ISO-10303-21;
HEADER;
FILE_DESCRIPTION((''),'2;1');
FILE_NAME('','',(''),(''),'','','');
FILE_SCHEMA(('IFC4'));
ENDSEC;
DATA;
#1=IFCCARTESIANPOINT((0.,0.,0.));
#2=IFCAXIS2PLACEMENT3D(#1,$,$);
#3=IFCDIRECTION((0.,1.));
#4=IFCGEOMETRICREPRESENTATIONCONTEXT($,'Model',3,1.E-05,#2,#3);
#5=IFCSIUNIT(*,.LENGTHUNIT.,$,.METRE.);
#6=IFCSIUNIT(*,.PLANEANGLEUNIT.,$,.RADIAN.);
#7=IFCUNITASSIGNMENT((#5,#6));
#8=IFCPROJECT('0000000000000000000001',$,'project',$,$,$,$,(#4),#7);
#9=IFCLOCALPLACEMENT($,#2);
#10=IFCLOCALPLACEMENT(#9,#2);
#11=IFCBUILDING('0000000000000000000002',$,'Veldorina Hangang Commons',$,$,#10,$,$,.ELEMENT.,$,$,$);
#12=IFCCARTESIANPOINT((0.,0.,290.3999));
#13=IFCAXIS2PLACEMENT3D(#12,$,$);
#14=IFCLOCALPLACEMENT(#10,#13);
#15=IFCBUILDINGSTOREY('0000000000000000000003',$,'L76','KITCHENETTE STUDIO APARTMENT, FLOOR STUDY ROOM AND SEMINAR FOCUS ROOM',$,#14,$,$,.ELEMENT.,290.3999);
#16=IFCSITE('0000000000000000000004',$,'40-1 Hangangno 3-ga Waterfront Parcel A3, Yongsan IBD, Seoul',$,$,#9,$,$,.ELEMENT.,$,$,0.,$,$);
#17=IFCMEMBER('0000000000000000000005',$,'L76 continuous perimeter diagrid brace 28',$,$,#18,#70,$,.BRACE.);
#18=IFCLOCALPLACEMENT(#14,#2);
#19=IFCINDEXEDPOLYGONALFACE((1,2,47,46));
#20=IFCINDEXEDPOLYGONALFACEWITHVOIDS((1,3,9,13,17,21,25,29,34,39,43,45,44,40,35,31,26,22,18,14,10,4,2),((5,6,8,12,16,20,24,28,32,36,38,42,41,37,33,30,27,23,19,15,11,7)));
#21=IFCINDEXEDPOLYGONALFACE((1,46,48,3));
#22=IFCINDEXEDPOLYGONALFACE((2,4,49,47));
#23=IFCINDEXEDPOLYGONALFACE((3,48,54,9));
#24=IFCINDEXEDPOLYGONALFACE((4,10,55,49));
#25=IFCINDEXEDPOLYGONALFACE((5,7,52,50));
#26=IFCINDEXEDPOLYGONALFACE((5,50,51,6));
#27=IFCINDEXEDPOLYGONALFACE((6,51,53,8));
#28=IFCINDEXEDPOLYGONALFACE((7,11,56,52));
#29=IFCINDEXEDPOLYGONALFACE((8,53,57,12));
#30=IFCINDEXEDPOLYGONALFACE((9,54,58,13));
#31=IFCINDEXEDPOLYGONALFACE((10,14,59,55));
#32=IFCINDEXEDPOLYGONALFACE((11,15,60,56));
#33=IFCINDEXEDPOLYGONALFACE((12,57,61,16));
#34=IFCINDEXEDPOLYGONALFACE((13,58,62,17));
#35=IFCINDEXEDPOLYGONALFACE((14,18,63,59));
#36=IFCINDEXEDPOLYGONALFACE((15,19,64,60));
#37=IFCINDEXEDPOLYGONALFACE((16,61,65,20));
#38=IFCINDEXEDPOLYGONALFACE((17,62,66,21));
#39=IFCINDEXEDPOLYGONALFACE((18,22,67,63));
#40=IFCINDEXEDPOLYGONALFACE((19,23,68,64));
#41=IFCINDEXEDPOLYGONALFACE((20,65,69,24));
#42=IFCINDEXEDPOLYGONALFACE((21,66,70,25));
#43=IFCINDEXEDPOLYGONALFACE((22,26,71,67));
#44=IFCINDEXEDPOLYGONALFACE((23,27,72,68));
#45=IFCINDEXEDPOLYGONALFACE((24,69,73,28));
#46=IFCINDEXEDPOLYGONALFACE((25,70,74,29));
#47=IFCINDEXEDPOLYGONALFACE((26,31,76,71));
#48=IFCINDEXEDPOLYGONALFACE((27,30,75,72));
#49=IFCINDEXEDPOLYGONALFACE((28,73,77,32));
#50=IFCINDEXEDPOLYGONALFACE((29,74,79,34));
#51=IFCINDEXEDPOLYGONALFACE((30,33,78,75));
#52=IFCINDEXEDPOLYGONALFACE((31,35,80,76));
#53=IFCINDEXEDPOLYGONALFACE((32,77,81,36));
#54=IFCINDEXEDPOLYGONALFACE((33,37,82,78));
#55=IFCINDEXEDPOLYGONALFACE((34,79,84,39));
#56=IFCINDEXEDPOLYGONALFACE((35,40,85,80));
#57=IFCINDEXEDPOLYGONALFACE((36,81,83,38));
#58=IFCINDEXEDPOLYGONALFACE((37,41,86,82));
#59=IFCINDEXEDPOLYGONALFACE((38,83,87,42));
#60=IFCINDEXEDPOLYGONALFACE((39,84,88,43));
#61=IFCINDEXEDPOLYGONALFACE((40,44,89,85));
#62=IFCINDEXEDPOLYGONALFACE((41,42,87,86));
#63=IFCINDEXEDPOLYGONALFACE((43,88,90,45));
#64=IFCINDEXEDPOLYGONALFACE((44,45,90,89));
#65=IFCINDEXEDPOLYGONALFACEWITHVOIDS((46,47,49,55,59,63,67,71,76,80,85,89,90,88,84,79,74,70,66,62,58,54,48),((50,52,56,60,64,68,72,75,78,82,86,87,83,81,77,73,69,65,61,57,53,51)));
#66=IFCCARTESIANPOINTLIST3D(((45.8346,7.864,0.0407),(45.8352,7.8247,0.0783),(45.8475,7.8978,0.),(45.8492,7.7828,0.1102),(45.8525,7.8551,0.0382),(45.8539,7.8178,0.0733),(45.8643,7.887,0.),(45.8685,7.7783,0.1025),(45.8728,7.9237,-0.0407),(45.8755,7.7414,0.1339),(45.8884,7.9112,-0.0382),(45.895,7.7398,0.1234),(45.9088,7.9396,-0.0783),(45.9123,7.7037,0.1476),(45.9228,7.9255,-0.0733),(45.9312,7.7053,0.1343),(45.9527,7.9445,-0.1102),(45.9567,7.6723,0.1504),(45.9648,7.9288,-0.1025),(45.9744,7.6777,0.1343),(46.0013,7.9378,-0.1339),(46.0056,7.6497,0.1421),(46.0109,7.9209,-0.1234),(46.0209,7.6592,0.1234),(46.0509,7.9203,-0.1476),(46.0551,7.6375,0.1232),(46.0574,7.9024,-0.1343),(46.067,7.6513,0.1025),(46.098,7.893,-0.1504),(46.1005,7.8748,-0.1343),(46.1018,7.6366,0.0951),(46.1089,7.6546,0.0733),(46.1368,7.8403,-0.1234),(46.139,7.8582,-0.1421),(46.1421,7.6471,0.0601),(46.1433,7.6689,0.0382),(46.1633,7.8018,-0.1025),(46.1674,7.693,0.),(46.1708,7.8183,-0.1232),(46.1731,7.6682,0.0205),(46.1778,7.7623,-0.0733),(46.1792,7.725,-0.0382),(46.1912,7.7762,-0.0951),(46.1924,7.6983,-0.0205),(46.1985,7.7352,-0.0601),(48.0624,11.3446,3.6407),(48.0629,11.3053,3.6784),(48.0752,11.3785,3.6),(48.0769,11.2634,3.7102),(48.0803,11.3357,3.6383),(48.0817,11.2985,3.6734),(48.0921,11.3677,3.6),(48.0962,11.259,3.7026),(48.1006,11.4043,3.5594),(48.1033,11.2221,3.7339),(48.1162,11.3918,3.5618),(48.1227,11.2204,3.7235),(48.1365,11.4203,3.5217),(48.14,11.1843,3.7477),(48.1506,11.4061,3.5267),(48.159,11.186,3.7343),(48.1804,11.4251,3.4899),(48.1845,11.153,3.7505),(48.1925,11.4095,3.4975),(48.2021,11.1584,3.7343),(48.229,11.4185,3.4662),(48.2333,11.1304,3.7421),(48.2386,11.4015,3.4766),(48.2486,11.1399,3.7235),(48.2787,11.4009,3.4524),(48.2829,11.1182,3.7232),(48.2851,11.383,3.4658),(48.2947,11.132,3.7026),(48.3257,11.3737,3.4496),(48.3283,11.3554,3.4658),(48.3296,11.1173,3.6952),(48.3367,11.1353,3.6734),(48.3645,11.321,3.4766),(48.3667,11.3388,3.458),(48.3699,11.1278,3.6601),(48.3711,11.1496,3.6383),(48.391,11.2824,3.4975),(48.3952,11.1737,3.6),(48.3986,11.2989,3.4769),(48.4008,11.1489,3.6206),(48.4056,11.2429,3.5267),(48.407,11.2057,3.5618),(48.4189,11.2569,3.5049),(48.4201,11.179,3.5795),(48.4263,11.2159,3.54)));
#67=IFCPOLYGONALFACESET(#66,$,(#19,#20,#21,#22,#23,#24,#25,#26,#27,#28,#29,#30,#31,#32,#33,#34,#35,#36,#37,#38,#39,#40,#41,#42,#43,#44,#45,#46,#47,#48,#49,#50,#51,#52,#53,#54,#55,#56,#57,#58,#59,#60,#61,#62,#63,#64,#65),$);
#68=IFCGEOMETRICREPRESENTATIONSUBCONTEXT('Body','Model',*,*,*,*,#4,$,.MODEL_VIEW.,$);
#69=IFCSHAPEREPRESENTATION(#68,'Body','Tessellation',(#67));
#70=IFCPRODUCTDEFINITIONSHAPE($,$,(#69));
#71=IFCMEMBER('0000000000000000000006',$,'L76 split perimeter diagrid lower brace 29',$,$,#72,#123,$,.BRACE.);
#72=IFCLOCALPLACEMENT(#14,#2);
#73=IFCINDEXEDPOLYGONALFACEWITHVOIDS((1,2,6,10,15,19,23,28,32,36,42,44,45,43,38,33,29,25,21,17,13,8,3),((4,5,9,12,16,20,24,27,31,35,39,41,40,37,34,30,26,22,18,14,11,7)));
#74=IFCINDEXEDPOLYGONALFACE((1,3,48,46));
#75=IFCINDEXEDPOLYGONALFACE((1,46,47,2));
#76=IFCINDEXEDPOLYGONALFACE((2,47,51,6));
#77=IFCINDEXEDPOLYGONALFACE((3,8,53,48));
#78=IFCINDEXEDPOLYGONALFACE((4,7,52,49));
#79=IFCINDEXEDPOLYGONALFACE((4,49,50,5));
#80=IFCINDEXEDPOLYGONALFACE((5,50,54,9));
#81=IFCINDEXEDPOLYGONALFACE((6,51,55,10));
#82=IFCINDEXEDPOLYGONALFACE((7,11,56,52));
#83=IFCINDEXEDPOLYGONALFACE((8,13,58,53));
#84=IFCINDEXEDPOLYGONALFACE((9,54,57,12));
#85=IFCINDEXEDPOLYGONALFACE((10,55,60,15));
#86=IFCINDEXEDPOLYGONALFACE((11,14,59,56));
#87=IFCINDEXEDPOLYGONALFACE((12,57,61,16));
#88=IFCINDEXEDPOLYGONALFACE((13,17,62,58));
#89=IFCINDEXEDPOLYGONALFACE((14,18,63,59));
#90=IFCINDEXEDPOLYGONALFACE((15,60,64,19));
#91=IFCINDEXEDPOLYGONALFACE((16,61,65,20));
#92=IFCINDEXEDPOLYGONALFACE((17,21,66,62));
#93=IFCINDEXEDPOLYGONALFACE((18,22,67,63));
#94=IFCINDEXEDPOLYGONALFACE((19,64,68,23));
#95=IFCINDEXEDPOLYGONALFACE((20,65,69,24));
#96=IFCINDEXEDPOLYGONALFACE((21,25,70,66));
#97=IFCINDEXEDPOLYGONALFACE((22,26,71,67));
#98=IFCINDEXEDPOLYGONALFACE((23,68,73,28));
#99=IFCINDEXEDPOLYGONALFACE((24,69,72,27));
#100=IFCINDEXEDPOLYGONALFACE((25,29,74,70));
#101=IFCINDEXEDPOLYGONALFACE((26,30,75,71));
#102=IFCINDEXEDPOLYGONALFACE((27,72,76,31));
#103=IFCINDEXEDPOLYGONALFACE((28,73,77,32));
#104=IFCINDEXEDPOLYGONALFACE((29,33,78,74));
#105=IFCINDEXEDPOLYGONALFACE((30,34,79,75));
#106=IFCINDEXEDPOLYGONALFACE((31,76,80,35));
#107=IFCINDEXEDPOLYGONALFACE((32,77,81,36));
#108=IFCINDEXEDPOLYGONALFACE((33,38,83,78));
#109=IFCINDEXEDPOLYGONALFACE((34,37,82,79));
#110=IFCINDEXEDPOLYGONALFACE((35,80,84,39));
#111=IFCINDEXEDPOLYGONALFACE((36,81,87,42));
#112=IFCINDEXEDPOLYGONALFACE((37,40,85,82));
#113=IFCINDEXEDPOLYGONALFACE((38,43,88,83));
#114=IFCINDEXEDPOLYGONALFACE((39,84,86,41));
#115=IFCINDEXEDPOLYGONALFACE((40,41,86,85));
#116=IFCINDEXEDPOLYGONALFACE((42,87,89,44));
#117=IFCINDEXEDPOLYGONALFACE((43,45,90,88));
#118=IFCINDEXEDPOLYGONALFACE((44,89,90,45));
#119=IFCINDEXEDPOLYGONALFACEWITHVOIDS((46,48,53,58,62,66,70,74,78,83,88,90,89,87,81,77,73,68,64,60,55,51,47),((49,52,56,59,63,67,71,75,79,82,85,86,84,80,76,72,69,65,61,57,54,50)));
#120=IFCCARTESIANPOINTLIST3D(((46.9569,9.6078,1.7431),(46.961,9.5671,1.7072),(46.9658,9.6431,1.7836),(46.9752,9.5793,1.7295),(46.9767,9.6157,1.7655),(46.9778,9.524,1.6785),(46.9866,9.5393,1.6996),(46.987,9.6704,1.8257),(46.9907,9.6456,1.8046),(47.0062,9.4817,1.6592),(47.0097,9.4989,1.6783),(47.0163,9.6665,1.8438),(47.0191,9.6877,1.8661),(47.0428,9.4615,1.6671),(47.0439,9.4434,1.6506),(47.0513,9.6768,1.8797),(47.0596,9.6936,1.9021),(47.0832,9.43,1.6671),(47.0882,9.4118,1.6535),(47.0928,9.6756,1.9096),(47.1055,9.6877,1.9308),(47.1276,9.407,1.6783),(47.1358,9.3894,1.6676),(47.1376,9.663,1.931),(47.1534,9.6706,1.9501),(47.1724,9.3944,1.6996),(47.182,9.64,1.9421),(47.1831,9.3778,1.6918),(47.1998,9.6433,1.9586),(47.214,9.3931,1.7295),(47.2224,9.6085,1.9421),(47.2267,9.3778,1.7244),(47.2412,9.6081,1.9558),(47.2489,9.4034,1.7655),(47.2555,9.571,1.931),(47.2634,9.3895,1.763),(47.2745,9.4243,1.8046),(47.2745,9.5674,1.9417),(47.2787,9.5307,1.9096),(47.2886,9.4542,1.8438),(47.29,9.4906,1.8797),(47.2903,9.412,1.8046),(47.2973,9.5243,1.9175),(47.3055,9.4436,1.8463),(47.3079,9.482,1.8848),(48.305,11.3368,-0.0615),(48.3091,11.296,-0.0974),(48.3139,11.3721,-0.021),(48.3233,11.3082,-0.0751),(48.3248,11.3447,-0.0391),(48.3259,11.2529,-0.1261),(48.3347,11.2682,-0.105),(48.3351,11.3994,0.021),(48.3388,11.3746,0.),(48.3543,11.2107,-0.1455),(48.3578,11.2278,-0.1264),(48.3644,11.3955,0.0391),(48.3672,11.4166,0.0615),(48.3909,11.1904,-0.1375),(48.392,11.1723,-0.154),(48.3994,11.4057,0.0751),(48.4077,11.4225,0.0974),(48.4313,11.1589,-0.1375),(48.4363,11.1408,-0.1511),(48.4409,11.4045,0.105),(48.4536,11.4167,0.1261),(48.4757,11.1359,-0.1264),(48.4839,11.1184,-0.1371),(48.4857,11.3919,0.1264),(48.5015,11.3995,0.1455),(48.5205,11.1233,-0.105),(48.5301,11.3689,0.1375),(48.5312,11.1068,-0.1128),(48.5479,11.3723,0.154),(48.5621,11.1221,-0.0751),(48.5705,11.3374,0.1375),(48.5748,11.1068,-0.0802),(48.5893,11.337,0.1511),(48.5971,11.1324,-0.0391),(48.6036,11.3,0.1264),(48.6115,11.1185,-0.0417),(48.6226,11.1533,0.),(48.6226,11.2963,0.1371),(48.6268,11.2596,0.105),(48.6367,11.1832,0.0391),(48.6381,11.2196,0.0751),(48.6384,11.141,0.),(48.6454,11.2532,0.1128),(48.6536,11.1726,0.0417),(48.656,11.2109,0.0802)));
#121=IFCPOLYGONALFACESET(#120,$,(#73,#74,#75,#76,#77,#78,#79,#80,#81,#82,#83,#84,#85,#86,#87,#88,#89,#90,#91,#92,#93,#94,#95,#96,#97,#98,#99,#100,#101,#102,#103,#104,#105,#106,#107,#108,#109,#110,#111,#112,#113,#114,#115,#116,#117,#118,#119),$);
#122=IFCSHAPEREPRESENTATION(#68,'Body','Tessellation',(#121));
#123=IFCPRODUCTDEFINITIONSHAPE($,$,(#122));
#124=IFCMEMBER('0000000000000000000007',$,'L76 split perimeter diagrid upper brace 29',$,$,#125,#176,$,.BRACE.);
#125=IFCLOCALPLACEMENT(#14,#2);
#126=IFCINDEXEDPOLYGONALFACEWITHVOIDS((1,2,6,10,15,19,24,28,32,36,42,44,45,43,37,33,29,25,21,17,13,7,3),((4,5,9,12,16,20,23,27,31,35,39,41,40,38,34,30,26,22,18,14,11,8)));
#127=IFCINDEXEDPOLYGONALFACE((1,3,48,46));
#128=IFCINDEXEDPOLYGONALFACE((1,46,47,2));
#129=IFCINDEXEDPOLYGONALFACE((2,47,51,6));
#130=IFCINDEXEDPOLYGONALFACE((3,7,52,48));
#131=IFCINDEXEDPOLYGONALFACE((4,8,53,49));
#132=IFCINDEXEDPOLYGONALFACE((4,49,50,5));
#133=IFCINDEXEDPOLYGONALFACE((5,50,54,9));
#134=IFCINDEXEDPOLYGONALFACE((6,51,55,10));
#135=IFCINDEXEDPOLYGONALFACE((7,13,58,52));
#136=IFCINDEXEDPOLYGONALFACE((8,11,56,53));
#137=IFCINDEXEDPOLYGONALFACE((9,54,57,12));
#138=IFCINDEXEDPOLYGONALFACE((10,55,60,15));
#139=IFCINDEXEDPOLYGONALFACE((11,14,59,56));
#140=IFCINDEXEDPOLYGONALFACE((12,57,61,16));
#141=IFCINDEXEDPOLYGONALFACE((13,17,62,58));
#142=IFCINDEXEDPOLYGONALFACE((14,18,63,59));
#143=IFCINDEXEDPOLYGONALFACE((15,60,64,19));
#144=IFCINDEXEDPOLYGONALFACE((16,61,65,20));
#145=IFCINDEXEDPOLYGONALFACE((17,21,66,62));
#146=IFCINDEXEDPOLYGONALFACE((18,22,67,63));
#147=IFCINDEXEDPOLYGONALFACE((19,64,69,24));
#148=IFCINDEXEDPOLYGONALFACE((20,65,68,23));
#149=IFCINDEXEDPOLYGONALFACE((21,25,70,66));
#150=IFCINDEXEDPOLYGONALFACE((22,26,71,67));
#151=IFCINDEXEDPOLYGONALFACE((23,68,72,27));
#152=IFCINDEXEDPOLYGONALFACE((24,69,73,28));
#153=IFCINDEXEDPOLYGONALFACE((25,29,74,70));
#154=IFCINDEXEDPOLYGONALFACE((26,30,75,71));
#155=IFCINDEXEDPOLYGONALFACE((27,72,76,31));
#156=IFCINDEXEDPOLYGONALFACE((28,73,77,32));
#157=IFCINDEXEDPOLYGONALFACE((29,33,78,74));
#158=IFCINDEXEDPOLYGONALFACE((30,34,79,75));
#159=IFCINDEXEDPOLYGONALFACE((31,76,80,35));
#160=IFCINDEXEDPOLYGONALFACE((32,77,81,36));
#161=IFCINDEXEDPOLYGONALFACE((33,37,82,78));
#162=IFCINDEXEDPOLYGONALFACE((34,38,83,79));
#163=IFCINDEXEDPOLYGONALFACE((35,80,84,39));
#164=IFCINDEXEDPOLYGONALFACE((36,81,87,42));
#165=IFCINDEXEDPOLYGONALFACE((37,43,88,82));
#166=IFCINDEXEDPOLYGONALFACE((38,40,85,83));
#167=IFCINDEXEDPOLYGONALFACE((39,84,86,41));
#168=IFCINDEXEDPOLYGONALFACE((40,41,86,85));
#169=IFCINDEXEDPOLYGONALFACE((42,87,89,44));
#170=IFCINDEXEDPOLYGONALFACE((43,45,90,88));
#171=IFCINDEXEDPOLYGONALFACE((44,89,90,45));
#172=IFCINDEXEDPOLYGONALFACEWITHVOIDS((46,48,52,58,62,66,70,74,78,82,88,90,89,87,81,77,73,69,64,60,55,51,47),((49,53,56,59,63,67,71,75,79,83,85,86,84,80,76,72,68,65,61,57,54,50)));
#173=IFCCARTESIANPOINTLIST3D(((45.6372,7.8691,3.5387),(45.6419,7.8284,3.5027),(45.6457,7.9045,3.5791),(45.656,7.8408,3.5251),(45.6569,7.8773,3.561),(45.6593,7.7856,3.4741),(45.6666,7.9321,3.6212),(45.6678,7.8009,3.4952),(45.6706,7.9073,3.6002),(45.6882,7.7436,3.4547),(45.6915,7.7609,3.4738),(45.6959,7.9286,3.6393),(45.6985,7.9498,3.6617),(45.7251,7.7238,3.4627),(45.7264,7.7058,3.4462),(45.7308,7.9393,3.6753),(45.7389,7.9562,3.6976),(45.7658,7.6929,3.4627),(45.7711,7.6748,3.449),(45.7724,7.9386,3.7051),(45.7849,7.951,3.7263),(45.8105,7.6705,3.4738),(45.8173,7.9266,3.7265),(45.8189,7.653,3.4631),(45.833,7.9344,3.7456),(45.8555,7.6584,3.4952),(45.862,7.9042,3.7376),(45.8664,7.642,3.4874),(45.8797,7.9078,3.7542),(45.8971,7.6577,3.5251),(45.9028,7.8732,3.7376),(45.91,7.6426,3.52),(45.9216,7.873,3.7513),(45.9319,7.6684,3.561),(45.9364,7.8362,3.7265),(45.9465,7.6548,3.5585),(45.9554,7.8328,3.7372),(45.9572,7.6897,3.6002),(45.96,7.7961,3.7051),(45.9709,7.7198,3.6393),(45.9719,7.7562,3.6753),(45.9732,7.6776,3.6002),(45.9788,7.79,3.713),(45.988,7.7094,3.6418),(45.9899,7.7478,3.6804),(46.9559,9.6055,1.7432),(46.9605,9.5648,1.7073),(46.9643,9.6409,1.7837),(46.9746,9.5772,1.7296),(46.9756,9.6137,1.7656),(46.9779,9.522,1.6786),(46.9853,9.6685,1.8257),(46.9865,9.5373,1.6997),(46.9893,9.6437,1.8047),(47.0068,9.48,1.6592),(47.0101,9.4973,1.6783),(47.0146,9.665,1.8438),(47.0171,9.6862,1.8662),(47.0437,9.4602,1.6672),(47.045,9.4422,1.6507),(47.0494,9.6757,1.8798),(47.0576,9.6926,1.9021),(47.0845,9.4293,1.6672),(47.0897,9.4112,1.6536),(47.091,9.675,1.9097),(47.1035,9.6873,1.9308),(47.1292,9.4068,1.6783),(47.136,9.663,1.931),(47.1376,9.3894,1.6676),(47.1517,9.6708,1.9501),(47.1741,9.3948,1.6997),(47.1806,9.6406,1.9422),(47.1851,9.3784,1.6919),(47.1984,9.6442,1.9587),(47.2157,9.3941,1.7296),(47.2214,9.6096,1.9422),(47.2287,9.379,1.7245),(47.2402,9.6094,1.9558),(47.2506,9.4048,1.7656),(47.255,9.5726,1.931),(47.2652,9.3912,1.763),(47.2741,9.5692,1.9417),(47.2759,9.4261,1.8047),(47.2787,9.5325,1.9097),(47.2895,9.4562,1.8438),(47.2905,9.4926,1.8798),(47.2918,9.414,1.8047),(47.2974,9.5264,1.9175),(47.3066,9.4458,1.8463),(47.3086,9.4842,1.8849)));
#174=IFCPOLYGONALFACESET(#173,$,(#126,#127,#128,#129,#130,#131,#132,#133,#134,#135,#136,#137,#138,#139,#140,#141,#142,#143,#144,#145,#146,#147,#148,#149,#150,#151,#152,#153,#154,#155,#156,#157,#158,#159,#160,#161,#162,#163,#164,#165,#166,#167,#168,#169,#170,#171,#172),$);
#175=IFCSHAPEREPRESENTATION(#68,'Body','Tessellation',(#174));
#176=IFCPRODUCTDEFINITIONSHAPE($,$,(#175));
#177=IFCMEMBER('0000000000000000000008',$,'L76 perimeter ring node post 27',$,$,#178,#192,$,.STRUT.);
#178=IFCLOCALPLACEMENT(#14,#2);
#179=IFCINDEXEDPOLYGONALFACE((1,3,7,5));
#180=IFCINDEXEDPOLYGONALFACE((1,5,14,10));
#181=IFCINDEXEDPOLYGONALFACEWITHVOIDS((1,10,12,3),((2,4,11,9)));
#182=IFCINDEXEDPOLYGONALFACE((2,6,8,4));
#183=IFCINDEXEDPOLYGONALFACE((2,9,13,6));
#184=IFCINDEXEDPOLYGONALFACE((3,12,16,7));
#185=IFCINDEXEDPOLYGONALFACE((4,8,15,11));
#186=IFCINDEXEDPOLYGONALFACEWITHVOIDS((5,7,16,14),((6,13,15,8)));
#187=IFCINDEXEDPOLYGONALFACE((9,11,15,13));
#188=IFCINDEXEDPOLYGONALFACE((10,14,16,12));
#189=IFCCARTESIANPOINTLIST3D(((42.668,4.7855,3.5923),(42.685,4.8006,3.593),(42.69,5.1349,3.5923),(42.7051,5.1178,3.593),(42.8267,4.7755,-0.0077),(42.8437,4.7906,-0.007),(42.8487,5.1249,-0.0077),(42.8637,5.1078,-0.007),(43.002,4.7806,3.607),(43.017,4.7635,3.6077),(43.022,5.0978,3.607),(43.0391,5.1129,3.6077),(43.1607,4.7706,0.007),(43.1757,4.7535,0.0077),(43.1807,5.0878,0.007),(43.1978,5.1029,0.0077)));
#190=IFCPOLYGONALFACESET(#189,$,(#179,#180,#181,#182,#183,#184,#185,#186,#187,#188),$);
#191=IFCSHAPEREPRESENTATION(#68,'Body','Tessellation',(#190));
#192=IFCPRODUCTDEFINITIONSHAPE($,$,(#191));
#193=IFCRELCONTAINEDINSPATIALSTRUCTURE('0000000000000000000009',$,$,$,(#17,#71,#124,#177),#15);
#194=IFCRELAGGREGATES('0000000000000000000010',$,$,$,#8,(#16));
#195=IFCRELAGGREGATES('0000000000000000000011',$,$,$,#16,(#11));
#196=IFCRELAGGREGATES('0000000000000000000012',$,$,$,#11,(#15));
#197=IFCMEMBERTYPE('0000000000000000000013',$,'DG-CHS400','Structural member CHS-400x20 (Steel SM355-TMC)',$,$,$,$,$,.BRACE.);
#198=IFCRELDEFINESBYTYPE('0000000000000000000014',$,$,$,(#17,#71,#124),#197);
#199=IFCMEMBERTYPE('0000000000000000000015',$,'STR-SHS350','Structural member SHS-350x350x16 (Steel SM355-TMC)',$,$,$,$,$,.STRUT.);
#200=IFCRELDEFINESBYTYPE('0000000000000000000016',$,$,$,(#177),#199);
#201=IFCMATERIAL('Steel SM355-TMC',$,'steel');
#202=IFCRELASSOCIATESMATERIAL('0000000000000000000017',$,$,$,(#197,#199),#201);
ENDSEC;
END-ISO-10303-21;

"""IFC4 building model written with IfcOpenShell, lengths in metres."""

from ifc_helpers import new_model, si_unit, direction, frame, origin, origin_2d, place, context, subcontext, project, spatial, hollow_rectangle, hollow_circle, extrude, material, material_profile, profile_set, type_object, element, save


model = new_model("IFC4")

# Units and contexts
model_context = context("Model", 3, precision=1e-05, world=origin(), true_north=direction((0.0, 1.0)))
body_context = subcontext(model_context, "Body", "Model", "MODEL_VIEW")
ifc_project = project(units=[si_unit("LENGTHUNIT", "METRE"), si_unit("PLANEANGLEUNIT", "RADIAN")], contexts=[model_context])

# Site, building, storey
site_placement = place(None, origin())
site = spatial("IfcSite", under=ifc_project, at=site_placement, Name="40-1 Hangangno 3-ga Waterfront Parcel A3, Yongsan IBD, Seoul", CompositionType="ELEMENT", RefElevation=0.0)
building_placement = place(site_placement, origin())
building = spatial("IfcBuilding", under=site, at=building_placement, Name="Veldorina Hangang Commons", CompositionType="ELEMENT")
storey_placement = place(building_placement, frame((0.0, 0.0, 290.3999)))
storey = spatial("IfcBuildingStorey", under=building, at=storey_placement, Name="L76", Description="KITCHENETTE STUDIO APARTMENT, FLOOR STUDY ROOM AND SEMINAR FOCUS ROOM", CompositionType="ELEMENT", Elevation=290.3999)

# Shared definitions
ifc_material_1 = material(Name="Steel SM355-TMC", Category="steel")

# Members
ifc_material_profile_1 = material_profile(ifc_material_1, hollow_circle(Radius=0.2, WallThickness=0.02, at=origin_2d()), Name="CHS-400x20")
ifc_profile_set_1 = profile_set([ifc_material_profile_1], Name="Steel SM355-TMC")
member_type_1 = type_object("IfcMemberType", Name="DG-CHS400", Description="Structural member CHS-400x20 (Steel SM355-TMC)", PredefinedType="BRACE", material=ifc_profile_set_1)
member_1_placement = place(storey_placement, frame((46.0159, 7.79, 0.0), z_axis=(0.406471, 0.635075, 0.656857), x_axis=(-0.842257, 0.539075, 0.0)))
element("IfcMember", 1, at=member_1_placement, inside=storey, type_object=member_type_1, Name="L76 continuous perimeter diagrid brace 28", PredefinedType="BRACE", context=body_context, shape_type="SweptSolid", body=[
    extrude(hollow_circle(Radius=0.2, WallThickness=0.02, at=origin_2d()), origin(), (0.0, 0.0, 1.0), 5.4807),
])
member_2_placement = place(storey_placement, frame((48.4807, 11.2639, 0.0), z_axis=(-0.47475, -0.60887, 0.635522), x_axis=(0.788608, -0.614896, 0.0)))
element("IfcMember", 2, at=member_2_placement, inside=storey, type_object=member_type_1, Name="L76 split perimeter diagrid lower brace 29", PredefinedType="BRACE", context=body_context, shape_type="SweptSolid", body=[
    extrude(hollow_circle(Radius=0.2, WallThickness=0.02, at=origin_2d()), origin(), (0.0, 0.0, 1.0), 2.8396),
])
member_3_placement = place(storey_placement, frame((47.1326, 9.5349, 1.8047), z_axis=(-0.466867, -0.614767, 0.635686), x_axis=(0.796384, -0.604791, 0.0)))
element("IfcMember", 3, at=member_3_placement, inside=storey, type_object=member_type_1, Name="L76 split perimeter diagrid upper brace 29", PredefinedType="BRACE", context=body_context, shape_type="SweptSolid", body=[
    extrude(hollow_circle(Radius=0.2, WallThickness=0.02, at=origin_2d()), origin(), (0.0, 0.0, 1.0), 2.8245),
])
ifc_material_profile_2 = material_profile(ifc_material_1, hollow_rectangle(XDim=0.3501, YDim=0.3501, WallThickness=0.0161, at=origin_2d()), Name="SHS-350x350x16")
ifc_profile_set_2 = profile_set([ifc_material_profile_2], Name="Steel SM355-TMC")
member_type_2 = type_object("IfcMemberType", Name="STR-SHS350", Description="Structural member SHS-350x350x16 (Steel SM355-TMC)", PredefinedType="STRUT", material=ifc_profile_set_2)
member_4_placement = place(storey_placement, frame((43.0122, 4.9392, 0.0), z_axis=(-0.044037, 0.002778, 0.999026), x_axis=(-0.062952, -0.998017, 0.0)))
element("IfcMember", 4, at=member_4_placement, inside=storey, type_object=member_type_2, Name="L76 perimeter ring node post 27", PredefinedType="STRUT", context=body_context, shape_type="SweptSolid", body=[
    extrude(hollow_rectangle(XDim=0.3501, YDim=0.3501, WallThickness=0.0161, at=origin_2d()), origin(), (0.0, 0.0, 1.0), 3.6035),
])

save(model, "model.ifc")
